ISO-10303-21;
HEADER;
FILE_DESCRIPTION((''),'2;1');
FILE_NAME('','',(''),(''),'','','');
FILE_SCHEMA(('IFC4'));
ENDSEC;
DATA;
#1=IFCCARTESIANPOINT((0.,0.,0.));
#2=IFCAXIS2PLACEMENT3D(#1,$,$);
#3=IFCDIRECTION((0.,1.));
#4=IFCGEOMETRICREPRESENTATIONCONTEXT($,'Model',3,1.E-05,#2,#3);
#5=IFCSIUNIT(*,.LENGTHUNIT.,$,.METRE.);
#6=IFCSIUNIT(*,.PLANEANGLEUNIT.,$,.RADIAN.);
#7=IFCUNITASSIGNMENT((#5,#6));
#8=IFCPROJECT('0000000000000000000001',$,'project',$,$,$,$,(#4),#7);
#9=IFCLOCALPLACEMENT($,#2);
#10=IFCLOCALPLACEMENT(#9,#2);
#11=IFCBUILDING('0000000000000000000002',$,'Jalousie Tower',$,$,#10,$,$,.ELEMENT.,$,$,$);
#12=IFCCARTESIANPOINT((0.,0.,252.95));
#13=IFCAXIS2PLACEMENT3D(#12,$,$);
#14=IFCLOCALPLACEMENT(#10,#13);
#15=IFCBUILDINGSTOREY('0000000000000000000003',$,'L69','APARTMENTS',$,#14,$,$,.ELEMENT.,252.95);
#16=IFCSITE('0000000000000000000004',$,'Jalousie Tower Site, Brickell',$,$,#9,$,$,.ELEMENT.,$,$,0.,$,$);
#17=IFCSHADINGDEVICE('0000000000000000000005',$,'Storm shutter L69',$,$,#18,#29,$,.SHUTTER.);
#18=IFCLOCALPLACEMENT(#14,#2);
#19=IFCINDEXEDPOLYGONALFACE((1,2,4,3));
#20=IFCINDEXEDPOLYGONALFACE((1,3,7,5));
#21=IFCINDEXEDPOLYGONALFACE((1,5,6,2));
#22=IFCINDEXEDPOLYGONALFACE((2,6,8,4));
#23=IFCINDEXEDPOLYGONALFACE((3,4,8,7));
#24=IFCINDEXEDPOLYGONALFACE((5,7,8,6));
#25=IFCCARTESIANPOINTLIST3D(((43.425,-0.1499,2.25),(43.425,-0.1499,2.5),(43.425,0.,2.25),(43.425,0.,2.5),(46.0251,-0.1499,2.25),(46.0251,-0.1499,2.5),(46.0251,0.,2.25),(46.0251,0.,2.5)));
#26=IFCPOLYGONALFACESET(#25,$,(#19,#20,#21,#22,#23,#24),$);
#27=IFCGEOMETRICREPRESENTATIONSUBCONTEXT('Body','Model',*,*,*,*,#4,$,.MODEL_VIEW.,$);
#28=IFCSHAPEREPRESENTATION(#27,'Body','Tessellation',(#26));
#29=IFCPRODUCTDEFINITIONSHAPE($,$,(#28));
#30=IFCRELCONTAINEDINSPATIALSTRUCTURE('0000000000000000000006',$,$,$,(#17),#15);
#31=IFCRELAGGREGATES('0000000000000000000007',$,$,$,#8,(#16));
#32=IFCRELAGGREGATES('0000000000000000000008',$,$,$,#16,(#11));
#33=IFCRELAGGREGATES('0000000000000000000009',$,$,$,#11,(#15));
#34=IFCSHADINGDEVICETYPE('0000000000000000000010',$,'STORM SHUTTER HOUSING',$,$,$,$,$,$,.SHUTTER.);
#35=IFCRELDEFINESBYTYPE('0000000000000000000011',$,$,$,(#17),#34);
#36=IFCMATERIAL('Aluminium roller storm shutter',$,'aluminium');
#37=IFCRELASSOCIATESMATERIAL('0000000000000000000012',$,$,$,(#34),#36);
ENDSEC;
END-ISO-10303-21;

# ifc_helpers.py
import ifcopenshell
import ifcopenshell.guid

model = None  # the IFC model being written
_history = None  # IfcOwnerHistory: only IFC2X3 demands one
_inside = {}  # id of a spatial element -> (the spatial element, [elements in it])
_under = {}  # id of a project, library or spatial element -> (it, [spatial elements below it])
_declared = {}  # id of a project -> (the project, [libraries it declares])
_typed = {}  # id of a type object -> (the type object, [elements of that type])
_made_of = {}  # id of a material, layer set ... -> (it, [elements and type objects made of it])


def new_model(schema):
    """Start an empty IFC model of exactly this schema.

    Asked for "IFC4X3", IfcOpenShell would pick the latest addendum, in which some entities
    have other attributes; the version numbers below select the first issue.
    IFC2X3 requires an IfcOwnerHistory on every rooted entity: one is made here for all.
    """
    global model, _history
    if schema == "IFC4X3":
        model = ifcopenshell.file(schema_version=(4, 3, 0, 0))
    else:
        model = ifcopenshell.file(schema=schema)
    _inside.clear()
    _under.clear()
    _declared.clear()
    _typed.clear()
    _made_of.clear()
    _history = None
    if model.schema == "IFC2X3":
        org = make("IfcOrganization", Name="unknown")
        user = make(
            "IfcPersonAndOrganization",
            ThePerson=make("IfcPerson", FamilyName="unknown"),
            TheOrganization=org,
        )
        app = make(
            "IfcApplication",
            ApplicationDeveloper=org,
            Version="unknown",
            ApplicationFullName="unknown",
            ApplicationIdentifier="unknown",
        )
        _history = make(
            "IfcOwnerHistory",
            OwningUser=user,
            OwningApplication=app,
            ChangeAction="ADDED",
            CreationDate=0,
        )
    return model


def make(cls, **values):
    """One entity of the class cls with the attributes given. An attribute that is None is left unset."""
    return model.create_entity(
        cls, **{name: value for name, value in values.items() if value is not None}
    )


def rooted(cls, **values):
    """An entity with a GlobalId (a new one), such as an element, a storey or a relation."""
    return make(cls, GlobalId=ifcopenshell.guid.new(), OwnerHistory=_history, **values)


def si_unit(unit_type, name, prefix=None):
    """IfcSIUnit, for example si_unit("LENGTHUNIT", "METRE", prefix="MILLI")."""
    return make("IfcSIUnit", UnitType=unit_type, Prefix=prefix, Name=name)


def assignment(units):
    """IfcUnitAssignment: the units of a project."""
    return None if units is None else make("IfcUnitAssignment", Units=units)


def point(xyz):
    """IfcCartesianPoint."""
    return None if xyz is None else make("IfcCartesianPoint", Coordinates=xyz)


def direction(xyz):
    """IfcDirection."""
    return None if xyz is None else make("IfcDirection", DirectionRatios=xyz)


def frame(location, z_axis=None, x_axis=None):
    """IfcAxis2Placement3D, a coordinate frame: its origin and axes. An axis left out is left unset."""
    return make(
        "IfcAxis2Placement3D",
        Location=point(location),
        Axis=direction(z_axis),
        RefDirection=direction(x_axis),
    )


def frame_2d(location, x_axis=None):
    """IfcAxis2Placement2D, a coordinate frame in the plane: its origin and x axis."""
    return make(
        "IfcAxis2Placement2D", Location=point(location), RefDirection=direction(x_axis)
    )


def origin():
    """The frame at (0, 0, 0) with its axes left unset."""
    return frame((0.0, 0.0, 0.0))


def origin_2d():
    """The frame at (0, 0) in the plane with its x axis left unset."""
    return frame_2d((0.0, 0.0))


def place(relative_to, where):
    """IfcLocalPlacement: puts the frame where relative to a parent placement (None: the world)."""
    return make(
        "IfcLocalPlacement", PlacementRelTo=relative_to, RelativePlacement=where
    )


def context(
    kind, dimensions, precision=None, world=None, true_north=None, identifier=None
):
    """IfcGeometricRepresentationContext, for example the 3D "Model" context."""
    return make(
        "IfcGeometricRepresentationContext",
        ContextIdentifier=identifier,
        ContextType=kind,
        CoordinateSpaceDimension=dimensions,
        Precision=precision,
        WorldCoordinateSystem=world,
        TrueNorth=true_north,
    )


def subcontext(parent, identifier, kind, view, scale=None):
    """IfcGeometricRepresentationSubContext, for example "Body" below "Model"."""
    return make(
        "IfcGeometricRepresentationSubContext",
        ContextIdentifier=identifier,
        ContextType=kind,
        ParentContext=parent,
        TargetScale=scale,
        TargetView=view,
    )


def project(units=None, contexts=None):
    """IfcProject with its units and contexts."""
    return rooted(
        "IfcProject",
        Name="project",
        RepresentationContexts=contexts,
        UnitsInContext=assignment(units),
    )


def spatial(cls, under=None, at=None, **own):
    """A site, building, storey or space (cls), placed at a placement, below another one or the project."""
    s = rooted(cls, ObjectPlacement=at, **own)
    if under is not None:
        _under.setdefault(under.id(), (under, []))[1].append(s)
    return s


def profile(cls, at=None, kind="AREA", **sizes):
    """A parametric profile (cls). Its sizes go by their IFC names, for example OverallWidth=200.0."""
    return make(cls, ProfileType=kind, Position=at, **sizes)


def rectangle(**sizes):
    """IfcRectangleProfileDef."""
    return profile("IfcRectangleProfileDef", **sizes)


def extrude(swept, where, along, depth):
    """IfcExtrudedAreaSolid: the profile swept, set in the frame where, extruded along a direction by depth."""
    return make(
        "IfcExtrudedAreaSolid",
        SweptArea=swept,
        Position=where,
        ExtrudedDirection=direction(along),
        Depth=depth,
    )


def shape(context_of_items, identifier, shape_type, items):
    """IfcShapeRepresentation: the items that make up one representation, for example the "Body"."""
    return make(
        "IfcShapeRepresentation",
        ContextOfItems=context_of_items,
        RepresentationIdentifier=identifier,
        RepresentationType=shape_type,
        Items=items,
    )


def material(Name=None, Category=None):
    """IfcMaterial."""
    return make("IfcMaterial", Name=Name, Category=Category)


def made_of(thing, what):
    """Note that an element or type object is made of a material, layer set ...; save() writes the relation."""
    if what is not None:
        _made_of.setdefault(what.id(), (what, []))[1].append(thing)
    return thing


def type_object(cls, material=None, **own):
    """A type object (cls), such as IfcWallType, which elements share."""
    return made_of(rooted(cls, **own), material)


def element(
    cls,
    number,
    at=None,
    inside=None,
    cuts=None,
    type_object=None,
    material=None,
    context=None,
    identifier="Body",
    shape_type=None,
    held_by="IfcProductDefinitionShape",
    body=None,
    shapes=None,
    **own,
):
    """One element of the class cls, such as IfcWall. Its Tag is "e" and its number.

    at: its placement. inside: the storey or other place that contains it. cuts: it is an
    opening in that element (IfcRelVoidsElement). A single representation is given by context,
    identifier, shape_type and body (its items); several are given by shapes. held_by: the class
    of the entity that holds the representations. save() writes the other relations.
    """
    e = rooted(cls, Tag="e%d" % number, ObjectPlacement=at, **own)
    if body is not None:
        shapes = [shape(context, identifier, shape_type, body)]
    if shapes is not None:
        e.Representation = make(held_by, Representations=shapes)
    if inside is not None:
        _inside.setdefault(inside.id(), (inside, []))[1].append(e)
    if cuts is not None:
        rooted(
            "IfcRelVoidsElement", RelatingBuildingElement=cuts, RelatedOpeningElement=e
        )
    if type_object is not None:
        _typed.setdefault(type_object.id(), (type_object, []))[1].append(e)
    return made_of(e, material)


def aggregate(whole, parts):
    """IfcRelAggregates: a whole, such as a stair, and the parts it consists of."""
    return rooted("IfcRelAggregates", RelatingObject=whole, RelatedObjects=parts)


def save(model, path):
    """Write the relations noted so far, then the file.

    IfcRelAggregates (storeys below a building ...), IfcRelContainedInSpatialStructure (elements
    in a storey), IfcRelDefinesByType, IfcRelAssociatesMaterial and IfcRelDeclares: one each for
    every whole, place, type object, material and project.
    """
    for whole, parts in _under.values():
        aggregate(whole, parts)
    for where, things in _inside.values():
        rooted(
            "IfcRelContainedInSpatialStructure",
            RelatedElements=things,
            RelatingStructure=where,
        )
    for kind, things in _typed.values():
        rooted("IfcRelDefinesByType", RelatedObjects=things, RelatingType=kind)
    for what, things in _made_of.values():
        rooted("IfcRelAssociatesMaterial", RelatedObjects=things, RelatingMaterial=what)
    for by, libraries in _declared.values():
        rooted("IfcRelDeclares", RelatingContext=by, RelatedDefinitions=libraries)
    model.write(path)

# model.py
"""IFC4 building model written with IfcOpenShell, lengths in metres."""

from ifc_helpers import new_model, si_unit, direction, frame, origin, origin_2d, place, context, subcontext, project, spatial, rectangle, extrude, material, type_object, element, save


model = new_model("IFC4")

# Units and contexts
model_context = context("Model", 3, precision=1e-05, world=origin(), true_north=direction((0.0, 1.0)))
body_context = subcontext(model_context, "Body", "Model", "MODEL_VIEW")
ifc_project = project(units=[si_unit("LENGTHUNIT", "METRE"), si_unit("PLANEANGLEUNIT", "RADIAN")], contexts=[model_context])

# Site, building, storey
site_placement = place(None, origin())
site = spatial("IfcSite", under=ifc_project, at=site_placement, Name="Jalousie Tower Site, Brickell", CompositionType="ELEMENT", RefElevation=0.0)
building_placement = place(site_placement, origin())
building = spatial("IfcBuilding", under=site, at=building_placement, Name="Jalousie Tower", CompositionType="ELEMENT")
storey_placement = place(building_placement, frame((0.0, 0.0, 252.95)))
storey = spatial("IfcBuildingStorey", under=building, at=storey_placement, Name="L69", Description="APARTMENTS", CompositionType="ELEMENT", Elevation=252.95)

# Shading device
ifc_material_1 = material(Name="Aluminium roller storm shutter", Category="aluminium")
shading_device_type_1 = type_object("IfcShadingDeviceType", Name="STORM SHUTTER HOUSING", PredefinedType="SHUTTER", material=ifc_material_1)
shading_device_1_placement = place(storey_placement, frame((44.7251, -0.075, 2.25), z_axis=(0.0, 0.0, 1.0), x_axis=(1.0, 0.0, 0.0)))
element("IfcShadingDevice", 1, at=shading_device_1_placement, inside=storey, type_object=shading_device_type_1, Name="Storm shutter L69", PredefinedType="SHUTTER", context=body_context, shape_type="SweptSolid", body=[
    extrude(rectangle(XDim=2.6001, YDim=0.1499, at=origin_2d()), origin(), (0.0, 0.0, 1.0), 0.25),
])

save(model, "model.ifc")
